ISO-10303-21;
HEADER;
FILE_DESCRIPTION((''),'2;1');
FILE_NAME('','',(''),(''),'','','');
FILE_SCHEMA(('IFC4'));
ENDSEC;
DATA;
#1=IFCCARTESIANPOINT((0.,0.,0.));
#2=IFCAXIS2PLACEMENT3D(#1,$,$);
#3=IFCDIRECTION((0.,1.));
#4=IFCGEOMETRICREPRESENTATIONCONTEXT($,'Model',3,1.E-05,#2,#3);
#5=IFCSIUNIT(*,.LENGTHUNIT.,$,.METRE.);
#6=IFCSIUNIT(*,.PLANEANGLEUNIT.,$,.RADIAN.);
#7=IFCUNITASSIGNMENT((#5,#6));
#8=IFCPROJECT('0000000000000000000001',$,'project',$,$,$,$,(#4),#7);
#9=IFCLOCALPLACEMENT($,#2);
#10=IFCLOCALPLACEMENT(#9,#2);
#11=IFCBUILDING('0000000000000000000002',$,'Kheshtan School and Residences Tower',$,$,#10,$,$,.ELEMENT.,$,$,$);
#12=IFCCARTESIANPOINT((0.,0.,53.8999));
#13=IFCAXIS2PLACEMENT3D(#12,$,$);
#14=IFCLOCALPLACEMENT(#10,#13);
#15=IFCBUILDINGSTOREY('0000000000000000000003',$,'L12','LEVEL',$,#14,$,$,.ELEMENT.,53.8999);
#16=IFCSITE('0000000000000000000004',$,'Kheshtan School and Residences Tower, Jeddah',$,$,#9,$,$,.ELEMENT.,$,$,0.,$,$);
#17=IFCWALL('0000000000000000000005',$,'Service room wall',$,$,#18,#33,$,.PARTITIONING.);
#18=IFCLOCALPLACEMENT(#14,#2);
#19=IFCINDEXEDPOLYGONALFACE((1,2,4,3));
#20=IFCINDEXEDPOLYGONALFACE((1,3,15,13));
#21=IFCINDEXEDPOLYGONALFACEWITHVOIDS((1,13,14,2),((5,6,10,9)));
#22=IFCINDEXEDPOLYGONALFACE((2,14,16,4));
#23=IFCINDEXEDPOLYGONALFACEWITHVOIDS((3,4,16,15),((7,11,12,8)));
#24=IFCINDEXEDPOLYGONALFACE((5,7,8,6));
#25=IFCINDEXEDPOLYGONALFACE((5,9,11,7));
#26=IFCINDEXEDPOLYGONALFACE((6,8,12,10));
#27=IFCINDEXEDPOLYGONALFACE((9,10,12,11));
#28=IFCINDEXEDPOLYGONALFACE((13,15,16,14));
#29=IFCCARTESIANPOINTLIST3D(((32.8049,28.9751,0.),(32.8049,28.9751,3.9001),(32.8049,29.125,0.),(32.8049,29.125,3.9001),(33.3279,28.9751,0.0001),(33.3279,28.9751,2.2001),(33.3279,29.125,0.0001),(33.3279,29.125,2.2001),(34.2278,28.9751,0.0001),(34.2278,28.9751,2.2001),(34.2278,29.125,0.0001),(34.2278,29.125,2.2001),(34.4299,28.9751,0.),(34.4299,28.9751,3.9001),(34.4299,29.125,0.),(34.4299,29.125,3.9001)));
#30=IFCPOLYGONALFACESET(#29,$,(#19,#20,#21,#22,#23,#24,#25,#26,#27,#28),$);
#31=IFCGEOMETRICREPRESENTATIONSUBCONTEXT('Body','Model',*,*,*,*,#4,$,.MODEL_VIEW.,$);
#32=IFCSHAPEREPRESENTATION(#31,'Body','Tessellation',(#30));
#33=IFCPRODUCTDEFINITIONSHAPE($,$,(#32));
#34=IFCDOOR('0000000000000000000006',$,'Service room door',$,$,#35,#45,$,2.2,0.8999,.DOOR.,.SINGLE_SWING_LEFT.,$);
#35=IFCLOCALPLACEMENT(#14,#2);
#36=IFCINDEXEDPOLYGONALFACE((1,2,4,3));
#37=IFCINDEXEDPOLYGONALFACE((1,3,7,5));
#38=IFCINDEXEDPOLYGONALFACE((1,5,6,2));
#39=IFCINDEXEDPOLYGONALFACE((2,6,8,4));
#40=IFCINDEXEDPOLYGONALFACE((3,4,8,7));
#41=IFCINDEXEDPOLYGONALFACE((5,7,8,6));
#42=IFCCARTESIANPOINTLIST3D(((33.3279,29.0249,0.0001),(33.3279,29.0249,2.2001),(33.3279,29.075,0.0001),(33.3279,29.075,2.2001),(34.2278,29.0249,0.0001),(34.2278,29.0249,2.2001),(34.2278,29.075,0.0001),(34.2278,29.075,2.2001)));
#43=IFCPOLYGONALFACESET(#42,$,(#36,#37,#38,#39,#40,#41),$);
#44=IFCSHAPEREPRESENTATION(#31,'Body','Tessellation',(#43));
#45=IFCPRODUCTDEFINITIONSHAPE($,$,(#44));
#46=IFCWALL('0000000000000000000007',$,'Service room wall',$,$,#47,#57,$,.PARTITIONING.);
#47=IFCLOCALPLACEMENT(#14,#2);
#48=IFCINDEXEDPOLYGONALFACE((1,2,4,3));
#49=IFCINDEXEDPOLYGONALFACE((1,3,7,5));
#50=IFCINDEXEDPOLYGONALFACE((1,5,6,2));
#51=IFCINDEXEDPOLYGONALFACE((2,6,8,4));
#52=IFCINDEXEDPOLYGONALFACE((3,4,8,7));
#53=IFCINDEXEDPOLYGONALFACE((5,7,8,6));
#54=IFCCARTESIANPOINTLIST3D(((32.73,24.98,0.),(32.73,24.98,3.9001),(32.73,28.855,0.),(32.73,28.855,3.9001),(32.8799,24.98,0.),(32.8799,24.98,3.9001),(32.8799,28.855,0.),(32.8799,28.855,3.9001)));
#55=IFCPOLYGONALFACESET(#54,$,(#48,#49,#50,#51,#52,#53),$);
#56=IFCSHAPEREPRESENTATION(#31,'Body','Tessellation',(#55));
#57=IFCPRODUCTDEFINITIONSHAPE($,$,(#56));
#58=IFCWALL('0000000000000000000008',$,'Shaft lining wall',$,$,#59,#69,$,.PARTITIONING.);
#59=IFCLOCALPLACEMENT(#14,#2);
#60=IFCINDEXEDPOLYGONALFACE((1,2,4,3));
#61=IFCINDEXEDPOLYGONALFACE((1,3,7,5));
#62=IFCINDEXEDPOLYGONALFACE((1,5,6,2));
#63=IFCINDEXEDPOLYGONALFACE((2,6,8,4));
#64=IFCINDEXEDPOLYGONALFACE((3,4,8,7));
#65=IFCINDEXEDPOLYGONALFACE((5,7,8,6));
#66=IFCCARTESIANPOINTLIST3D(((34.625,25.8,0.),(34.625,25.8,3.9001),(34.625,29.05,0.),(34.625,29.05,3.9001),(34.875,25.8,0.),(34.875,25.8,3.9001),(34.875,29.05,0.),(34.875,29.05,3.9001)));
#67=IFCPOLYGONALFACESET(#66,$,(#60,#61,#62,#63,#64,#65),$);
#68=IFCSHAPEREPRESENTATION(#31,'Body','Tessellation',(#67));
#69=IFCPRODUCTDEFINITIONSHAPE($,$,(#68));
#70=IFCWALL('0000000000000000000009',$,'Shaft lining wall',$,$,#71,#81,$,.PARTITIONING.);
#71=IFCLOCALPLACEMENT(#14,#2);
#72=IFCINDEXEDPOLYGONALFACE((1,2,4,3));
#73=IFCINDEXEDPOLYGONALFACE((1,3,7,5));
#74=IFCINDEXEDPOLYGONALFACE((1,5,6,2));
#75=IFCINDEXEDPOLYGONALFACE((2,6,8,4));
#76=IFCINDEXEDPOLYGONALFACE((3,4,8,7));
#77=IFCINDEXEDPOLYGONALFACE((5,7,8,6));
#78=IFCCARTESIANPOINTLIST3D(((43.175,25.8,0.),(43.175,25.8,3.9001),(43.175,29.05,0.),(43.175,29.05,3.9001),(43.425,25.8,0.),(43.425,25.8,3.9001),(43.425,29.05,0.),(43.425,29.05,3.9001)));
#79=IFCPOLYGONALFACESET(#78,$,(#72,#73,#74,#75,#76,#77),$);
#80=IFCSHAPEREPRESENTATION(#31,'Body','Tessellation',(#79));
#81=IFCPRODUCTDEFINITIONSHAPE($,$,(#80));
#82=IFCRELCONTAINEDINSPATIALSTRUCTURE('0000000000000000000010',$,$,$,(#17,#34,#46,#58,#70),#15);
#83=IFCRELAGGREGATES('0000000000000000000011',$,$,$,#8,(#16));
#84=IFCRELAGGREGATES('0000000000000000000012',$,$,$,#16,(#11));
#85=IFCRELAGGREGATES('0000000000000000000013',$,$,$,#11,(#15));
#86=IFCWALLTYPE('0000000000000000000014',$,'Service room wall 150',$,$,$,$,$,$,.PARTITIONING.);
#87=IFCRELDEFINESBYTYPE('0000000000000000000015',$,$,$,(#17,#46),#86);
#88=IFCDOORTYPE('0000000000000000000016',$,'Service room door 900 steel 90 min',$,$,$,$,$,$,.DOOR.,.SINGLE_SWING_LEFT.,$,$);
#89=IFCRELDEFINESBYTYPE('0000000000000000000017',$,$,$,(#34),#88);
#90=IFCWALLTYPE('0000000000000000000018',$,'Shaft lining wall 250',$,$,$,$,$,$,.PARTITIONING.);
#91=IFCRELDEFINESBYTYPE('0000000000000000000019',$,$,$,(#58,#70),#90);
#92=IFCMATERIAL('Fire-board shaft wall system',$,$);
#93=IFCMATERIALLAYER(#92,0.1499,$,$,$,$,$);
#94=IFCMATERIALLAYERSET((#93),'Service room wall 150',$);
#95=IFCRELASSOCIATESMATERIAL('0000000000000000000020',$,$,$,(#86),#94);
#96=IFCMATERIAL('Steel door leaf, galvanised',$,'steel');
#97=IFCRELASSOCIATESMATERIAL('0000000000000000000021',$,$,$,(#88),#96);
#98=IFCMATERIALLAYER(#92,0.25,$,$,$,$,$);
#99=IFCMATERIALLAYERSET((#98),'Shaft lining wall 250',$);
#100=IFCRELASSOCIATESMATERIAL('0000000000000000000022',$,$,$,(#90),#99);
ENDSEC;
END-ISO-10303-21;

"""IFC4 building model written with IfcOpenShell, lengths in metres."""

from ifc_helpers import new_model, si_unit, direction, frame, frame_2d, origin, place, context, subcontext, project, spatial, rectangle, extrude, source, transform, mapped, material, layer, layer_set, type_object, element, fill, save


model = new_model("IFC4")

# Units and contexts
model_context = context("Model", 3, precision=1e-05, world=origin(), true_north=direction((0.0, 1.0)))
body_context = subcontext(model_context, "Body", "Model", "MODEL_VIEW")
ifc_project = project(units=[si_unit("LENGTHUNIT", "METRE"), si_unit("PLANEANGLEUNIT", "RADIAN")], contexts=[model_context])

# Site, building, storey
site_placement = place(None, origin())
site = spatial("IfcSite", under=ifc_project, at=site_placement, Name="Kheshtan School and Residences Tower, Jeddah", CompositionType="ELEMENT", RefElevation=0.0)
building_placement = place(site_placement, origin())
building = spatial("IfcBuilding", under=site, at=building_placement, Name="Kheshtan School and Residences Tower", CompositionType="ELEMENT")
storey_placement = place(building_placement, frame((0.0, 0.0, 53.8999)))
storey = spatial("IfcBuildingStorey", under=building, at=storey_placement, Name="L12", Description="LEVEL", CompositionType="ELEMENT", Elevation=53.8999)

# Wall, opening, door
ifc_material_1 = material(Name="Fire-board shaft wall system")
ifc_layer_1 = layer(ifc_material_1, 0.1499)
ifc_layer_set_1 = layer_set([ifc_layer_1], Name="Service room wall 150")
wall_type_1 = type_object("IfcWallType", Name="Service room wall 150", PredefinedType="PARTITIONING", material=ifc_layer_set_1)
wall_1_placement = place(storey_placement, frame((32.8049, 29.05, 0.0), z_axis=(0.0, 0.0, 1.0), x_axis=(1.0, 0.0, 0.0)))
wall_1 = element("IfcWall", 1, at=wall_1_placement, inside=storey, type_object=wall_type_1, Name="Service room wall", PredefinedType="PARTITIONING", context=body_context, shape_type="SweptSolid", body=[
    extrude(rectangle(XDim=1.625, YDim=0.1499, at=frame_2d((0.8125, 0.0))), origin(), (0.0, 0.0, 1.0), 3.9001),
])
opening_1_placement = place(wall_1_placement, frame((0.5229, 0.0, 0.0)))
opening_1 = element("IfcOpeningElement", 2, at=opening_1_placement, cuts=wall_1, PredefinedType="OPENING", context=body_context, shape_type="SweptSolid", body=[
    extrude(rectangle(XDim=0.8999, YDim=2.2, at=frame_2d((0.45, 1.1001))), frame((0.0, 0.085, 0.0), z_axis=(0.0, -1.0, 0.0), x_axis=(1.0, 0.0, 0.0)), (0.0, 0.0, 1.0), 0.1699),
])
ifc_material_2 = material(Name="Steel door leaf, galvanised", Category="steel")
door_type_1 = type_object("IfcDoorType", Name="Service room door 900 steel 90 min", OperationType="SINGLE_SWING_LEFT", PredefinedType="DOOR", material=ifc_material_2)
shared_shape_1 = source(origin(), body_context, "Body", "SweptSolid", [
    extrude(rectangle(XDim=0.8999, YDim=2.2, at=frame_2d((0.45, 1.1001))), frame((0.0, 0.0249, 0.0), z_axis=(0.0, -1.0, 0.0), x_axis=(1.0, 0.0, 0.0)), (0.0, 0.0, 1.0), 0.05),
])
door_1_placement = place(opening_1_placement, origin())
door_1 = element("IfcDoor", 3, at=door_1_placement, inside=storey, type_object=door_type_1, Name="Service room door", OperationType="SINGLE_SWING_LEFT", OverallHeight=2.2, OverallWidth=0.8999, PredefinedType="DOOR", context=body_context, shape_type="MappedRepresentation", body=[
    mapped(shared_shape_1, transform((0.0, 0.0, 0.0), x_axis=(1.0, 0.0, 0.0), y_axis=(0.0, 1.0, 0.0), z_axis=(0.0, 0.0, 1.0), scale=1.0)),
])
fill(opening_1, door_1)

# Walls
wall_2_placement = place(storey_placement, frame((32.8049, 24.98, 0.0), z_axis=(0.0, 0.0, 1.0), x_axis=(0.0, 1.0, 0.0)))
element("IfcWall", 4, at=wall_2_placement, inside=storey, type_object=wall_type_1, Name="Service room wall", PredefinedType="PARTITIONING", context=body_context, shape_type="SweptSolid", body=[
    extrude(rectangle(XDim=3.875, YDim=0.1499, at=frame_2d((1.9375, 0.0))), origin(), (0.0, 0.0, 1.0), 3.9001),
])
ifc_layer_2 = layer(ifc_material_1, 0.25)
ifc_layer_set_2 = layer_set([ifc_layer_2], Name="Shaft lining wall 250")
wall_type_2 = type_object("IfcWallType", Name="Shaft lining wall 250", PredefinedType="PARTITIONING", material=ifc_layer_set_2)
for number, where, z_axis, x_axis, name in (
    (5, (34.75, 25.8, 0.0), (0.0, 0.0, 1.0), (0.0, 1.0, 0.0), "Shaft lining wall"),
    (6, (43.3, 25.8, 0.0), (0.0, 0.0, 1.0), (0.0, 1.0, 0.0), "Shaft lining wall"),
):
    element("IfcWall", number, at=place(storey_placement, frame(where, z_axis=z_axis, x_axis=x_axis)), inside=storey, type_object=wall_type_2, Name=name, PredefinedType="PARTITIONING", context=body_context, shape_type="SweptSolid", body=[
        extrude(rectangle(XDim=3.25, YDim=0.25, at=frame_2d((1.625, 0.0))), origin(), (0.0, 0.0, 1.0), 3.9001),
    ])

save(model, "model.ifc")
